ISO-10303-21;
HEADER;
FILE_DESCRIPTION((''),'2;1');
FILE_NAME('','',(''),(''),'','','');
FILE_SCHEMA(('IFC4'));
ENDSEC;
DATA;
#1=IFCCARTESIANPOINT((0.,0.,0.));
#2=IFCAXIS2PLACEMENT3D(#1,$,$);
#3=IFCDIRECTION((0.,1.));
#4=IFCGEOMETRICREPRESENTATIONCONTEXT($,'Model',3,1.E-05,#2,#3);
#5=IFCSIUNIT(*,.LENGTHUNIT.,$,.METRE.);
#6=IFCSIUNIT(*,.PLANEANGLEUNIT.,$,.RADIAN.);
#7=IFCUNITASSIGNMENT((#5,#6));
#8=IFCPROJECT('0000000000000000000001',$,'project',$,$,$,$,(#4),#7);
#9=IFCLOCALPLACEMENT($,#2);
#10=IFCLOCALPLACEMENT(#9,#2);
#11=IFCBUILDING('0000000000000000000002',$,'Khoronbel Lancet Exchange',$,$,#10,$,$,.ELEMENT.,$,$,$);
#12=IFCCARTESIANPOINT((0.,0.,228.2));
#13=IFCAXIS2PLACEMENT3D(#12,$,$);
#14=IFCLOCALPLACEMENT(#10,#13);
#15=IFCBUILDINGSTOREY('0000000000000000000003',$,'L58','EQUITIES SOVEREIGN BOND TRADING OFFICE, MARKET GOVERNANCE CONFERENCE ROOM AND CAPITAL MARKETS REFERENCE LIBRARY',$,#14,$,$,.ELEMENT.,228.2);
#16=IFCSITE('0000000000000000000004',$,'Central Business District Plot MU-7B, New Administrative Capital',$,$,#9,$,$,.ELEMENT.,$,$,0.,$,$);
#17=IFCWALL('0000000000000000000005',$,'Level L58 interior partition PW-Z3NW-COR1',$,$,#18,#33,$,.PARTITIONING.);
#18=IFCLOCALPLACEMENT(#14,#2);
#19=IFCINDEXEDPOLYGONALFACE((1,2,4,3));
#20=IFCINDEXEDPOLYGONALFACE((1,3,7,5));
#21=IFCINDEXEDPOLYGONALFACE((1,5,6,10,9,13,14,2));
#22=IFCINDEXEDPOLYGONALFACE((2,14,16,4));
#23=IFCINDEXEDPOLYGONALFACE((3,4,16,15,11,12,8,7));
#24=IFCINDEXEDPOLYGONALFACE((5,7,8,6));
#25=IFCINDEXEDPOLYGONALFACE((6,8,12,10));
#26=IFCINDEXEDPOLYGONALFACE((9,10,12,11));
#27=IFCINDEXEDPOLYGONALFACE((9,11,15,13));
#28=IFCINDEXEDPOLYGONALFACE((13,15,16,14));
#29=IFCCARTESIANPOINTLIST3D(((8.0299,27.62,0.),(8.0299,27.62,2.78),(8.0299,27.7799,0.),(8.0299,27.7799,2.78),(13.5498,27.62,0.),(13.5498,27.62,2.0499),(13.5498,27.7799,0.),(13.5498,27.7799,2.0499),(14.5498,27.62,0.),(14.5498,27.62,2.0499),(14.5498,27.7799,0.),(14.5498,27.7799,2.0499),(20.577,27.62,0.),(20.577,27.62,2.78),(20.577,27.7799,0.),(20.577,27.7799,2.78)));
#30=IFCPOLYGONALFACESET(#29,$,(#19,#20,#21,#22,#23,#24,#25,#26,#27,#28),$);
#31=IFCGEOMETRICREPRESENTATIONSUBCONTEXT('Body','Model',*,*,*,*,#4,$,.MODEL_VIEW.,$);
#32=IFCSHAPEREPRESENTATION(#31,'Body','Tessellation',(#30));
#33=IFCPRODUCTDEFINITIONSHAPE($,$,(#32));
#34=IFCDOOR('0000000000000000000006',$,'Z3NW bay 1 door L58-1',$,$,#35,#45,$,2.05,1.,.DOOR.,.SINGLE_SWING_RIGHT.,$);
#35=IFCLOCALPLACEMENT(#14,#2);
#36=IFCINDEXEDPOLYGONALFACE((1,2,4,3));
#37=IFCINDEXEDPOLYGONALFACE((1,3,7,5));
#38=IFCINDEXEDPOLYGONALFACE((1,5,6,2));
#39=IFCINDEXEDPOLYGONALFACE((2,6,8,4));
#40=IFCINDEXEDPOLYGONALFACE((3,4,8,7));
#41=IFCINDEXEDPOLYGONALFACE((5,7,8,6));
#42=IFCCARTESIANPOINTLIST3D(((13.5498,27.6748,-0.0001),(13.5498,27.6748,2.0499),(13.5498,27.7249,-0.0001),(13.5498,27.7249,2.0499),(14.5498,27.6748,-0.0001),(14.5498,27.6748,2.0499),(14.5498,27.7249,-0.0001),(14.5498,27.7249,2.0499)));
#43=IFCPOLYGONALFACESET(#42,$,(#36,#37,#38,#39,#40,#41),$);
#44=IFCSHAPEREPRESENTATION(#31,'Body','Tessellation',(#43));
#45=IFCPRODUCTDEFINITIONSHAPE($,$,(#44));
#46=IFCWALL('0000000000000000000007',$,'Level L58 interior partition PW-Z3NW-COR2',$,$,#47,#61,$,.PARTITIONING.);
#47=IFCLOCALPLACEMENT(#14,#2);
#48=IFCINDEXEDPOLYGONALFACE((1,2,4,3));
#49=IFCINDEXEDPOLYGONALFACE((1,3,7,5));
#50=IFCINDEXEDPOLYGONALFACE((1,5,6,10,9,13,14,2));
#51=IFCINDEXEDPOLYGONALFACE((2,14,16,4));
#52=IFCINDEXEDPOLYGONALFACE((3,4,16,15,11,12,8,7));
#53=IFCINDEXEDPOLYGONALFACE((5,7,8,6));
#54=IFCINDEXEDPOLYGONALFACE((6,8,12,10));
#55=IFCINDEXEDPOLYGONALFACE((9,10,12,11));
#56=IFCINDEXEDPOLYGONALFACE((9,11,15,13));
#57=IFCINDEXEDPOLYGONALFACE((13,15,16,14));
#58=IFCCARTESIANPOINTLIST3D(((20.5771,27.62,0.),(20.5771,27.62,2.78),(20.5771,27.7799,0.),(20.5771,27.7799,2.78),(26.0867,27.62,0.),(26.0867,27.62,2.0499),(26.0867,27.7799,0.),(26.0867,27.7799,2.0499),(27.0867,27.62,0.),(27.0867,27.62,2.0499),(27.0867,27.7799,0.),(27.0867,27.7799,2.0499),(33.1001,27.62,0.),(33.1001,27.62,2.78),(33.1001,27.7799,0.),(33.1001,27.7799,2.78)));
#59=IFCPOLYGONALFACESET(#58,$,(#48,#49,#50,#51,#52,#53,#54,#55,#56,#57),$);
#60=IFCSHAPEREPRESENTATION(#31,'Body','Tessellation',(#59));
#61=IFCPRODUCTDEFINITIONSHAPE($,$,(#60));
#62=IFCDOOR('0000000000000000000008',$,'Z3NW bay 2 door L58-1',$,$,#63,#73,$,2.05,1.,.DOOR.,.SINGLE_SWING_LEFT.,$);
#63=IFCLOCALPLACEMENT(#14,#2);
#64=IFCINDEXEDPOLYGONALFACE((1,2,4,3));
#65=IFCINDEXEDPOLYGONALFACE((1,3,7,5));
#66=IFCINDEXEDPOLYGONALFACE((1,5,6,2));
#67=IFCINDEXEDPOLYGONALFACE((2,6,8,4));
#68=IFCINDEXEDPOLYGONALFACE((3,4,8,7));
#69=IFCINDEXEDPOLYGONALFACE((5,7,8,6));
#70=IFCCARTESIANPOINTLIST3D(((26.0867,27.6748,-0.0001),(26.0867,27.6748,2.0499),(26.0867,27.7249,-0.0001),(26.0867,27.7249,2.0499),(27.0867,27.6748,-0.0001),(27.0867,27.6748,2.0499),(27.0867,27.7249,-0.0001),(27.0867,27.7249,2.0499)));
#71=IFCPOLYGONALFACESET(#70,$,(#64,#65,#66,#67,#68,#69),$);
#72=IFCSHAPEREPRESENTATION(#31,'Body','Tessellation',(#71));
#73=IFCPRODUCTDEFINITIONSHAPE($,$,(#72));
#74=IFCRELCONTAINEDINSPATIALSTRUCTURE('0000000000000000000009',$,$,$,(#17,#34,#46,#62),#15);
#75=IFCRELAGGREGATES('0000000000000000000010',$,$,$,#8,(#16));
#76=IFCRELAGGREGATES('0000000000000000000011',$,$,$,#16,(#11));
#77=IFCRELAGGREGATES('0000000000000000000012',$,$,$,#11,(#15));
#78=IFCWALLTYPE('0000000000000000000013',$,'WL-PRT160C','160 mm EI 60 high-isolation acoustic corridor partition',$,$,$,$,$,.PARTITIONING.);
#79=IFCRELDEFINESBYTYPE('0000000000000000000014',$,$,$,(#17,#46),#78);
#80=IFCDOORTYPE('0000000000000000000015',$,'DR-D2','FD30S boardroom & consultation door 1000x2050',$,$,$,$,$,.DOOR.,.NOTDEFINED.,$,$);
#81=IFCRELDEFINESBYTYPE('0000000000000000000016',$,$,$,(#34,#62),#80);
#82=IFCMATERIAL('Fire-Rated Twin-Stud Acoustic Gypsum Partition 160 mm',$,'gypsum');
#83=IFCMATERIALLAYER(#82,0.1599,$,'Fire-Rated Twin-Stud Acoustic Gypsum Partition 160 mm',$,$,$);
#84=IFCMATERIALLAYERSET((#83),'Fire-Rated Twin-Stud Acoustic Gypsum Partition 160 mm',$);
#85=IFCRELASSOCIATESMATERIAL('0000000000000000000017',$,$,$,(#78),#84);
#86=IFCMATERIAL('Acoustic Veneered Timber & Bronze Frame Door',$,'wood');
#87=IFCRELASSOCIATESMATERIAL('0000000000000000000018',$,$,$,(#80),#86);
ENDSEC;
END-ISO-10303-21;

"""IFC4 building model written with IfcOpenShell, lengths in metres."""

from ifc_helpers import new_model, si_unit, direction, frame, frame_2d, origin, place, context, subcontext, project, spatial, rectangle, extrude, material, layer, layer_set, type_object, element, fill, save


model = new_model("IFC4")

# Units and contexts
model_context = context("Model", 3, precision=1e-05, world=origin(), true_north=direction((0.0, 1.0)))
body_context = subcontext(model_context, "Body", "Model", "MODEL_VIEW")
ifc_project = project(units=[si_unit("LENGTHUNIT", "METRE"), si_unit("PLANEANGLEUNIT", "RADIAN")], contexts=[model_context])

# Site, building, storey
site_placement = place(None, origin())
site = spatial("IfcSite", under=ifc_project, at=site_placement, Name="Central Business District Plot MU-7B, New Administrative Capital", CompositionType="ELEMENT", RefElevation=0.0)
building_placement = place(site_placement, origin())
building = spatial("IfcBuilding", under=site, at=building_placement, Name="Khoronbel Lancet Exchange", CompositionType="ELEMENT")
storey_placement = place(building_placement, frame((0.0, 0.0, 228.2)))
storey = spatial("IfcBuildingStorey", under=building, at=storey_placement, Name="L58", Description="EQUITIES SOVEREIGN BOND TRADING OFFICE, MARKET GOVERNANCE CONFERENCE ROOM AND CAPITAL MARKETS REFERENCE LIBRARY", CompositionType="ELEMENT", Elevation=228.2)

# Walls, openings, doors
ifc_material_1 = material(Name="Fire-Rated Twin-Stud Acoustic Gypsum Partition 160 mm", Category="gypsum")
ifc_layer_1 = layer(ifc_material_1, 0.1599, Name="Fire-Rated Twin-Stud Acoustic Gypsum Partition 160 mm")
ifc_layer_set_1 = layer_set([ifc_layer_1], Name="Fire-Rated Twin-Stud Acoustic Gypsum Partition 160 mm")
wall_type_1 = type_object("IfcWallType", Name="WL-PRT160C", Description="160 mm EI 60 high-isolation acoustic corridor partition", PredefinedType="PARTITIONING", material=ifc_layer_set_1)
ifc_material_2 = material(Name="Acoustic Veneered Timber & Bronze Frame Door", Category="wood")
door_type_1 = type_object("IfcDoorType", Name="DR-D2", Description="FD30S boardroom & consultation door 1000x2050", OperationType="NOTDEFINED", PredefinedType="DOOR", material=ifc_material_2)
wall_1_placement = place(storey_placement, frame((8.03, 27.7, 0.0), z_axis=(0.0, 0.0, 1.0), x_axis=(1.0, 0.0, 0.0)))
wall_1 = element("IfcWall", 1, at=wall_1_placement, inside=storey, type_object=wall_type_1, Name="Level L58 interior partition PW-Z3NW-COR1", PredefinedType="PARTITIONING", context=body_context, shape_type="SweptSolid", body=[
    extrude(rectangle(XDim=12.5471, YDim=0.1599, at=frame_2d((6.2734, 0.0))), origin(), (0.0, 0.0, 1.0), 2.78),
])
opening_1_placement = place(wall_1_placement, frame((5.5198, 0.0, 0.0)))
opening_1 = element("IfcOpeningElement", 2, at=opening_1_placement, cuts=wall_1, PredefinedType="OPENING", context=body_context, shape_type="SweptSolid", body=[
    extrude(rectangle(XDim=1.0, YDim=2.05, at=frame_2d((0.5, 1.0249))), frame((0.0, 0.0898, 0.0), z_axis=(0.0, -1.0, 0.0), x_axis=(1.0, 0.0, 0.0)), (0.0, 0.0, 1.0), 0.1799),
])
door_1_placement = place(opening_1_placement, origin())
door_1 = element("IfcDoor", 3, at=door_1_placement, inside=storey, type_object=door_type_1, Name="Z3NW bay 1 door L58-1", OperationType="SINGLE_SWING_RIGHT", OverallHeight=2.05, OverallWidth=1.0, PredefinedType="DOOR", context=body_context, shape_type="SweptSolid", body=[
    extrude(rectangle(XDim=1.0, YDim=2.05, at=frame_2d((0.5, 1.0249))), frame((0.0, 0.0249, 0.0), z_axis=(0.0, -1.0, 0.0), x_axis=(1.0, 0.0, 0.0)), (0.0, 0.0, 1.0), 0.05),
])
fill(opening_1, door_1)
wall_2_placement = place(storey_placement, frame((20.5771, 27.7, 0.0), z_axis=(0.0, 0.0, 1.0), x_axis=(1.0, 0.0, 0.0)))
wall_2 = element("IfcWall", 4, at=wall_2_placement, inside=storey, type_object=wall_type_1, Name="Level L58 interior partition PW-Z3NW-COR2", PredefinedType="PARTITIONING", context=body_context, shape_type="SweptSolid", body=[
    extrude(rectangle(XDim=12.5229, YDim=0.1599, at=frame_2d((6.2615, 0.0))), origin(), (0.0, 0.0, 1.0), 2.78),
])
opening_2_placement = place(wall_2_placement, frame((5.5095, 0.0, 0.0)))
opening_2 = element("IfcOpeningElement", 5, at=opening_2_placement, cuts=wall_2, PredefinedType="OPENING", context=body_context, shape_type="SweptSolid", body=[
    extrude(rectangle(XDim=1.0, YDim=2.05, at=frame_2d((0.5, 1.0249))), frame((0.0, 0.0898, 0.0), z_axis=(0.0, -1.0, 0.0), x_axis=(1.0, 0.0, 0.0)), (0.0, 0.0, 1.0), 0.1799),
])
door_2_placement = place(opening_2_placement, origin())
door_2 = element("IfcDoor", 6, at=door_2_placement, inside=storey, type_object=door_type_1, Name="Z3NW bay 2 door L58-1", OperationType="SINGLE_SWING_LEFT", OverallHeight=2.05, OverallWidth=1.0, PredefinedType="DOOR", context=body_context, shape_type="SweptSolid", body=[
    extrude(rectangle(XDim=1.0, YDim=2.05, at=frame_2d((0.5, 1.0249))), frame((0.0, 0.0249, 0.0), z_axis=(0.0, -1.0, 0.0), x_axis=(1.0, 0.0, 0.0)), (0.0, 0.0, 1.0), 0.05),
])
fill(opening_2, door_2)

save(model, "model.ifc")
